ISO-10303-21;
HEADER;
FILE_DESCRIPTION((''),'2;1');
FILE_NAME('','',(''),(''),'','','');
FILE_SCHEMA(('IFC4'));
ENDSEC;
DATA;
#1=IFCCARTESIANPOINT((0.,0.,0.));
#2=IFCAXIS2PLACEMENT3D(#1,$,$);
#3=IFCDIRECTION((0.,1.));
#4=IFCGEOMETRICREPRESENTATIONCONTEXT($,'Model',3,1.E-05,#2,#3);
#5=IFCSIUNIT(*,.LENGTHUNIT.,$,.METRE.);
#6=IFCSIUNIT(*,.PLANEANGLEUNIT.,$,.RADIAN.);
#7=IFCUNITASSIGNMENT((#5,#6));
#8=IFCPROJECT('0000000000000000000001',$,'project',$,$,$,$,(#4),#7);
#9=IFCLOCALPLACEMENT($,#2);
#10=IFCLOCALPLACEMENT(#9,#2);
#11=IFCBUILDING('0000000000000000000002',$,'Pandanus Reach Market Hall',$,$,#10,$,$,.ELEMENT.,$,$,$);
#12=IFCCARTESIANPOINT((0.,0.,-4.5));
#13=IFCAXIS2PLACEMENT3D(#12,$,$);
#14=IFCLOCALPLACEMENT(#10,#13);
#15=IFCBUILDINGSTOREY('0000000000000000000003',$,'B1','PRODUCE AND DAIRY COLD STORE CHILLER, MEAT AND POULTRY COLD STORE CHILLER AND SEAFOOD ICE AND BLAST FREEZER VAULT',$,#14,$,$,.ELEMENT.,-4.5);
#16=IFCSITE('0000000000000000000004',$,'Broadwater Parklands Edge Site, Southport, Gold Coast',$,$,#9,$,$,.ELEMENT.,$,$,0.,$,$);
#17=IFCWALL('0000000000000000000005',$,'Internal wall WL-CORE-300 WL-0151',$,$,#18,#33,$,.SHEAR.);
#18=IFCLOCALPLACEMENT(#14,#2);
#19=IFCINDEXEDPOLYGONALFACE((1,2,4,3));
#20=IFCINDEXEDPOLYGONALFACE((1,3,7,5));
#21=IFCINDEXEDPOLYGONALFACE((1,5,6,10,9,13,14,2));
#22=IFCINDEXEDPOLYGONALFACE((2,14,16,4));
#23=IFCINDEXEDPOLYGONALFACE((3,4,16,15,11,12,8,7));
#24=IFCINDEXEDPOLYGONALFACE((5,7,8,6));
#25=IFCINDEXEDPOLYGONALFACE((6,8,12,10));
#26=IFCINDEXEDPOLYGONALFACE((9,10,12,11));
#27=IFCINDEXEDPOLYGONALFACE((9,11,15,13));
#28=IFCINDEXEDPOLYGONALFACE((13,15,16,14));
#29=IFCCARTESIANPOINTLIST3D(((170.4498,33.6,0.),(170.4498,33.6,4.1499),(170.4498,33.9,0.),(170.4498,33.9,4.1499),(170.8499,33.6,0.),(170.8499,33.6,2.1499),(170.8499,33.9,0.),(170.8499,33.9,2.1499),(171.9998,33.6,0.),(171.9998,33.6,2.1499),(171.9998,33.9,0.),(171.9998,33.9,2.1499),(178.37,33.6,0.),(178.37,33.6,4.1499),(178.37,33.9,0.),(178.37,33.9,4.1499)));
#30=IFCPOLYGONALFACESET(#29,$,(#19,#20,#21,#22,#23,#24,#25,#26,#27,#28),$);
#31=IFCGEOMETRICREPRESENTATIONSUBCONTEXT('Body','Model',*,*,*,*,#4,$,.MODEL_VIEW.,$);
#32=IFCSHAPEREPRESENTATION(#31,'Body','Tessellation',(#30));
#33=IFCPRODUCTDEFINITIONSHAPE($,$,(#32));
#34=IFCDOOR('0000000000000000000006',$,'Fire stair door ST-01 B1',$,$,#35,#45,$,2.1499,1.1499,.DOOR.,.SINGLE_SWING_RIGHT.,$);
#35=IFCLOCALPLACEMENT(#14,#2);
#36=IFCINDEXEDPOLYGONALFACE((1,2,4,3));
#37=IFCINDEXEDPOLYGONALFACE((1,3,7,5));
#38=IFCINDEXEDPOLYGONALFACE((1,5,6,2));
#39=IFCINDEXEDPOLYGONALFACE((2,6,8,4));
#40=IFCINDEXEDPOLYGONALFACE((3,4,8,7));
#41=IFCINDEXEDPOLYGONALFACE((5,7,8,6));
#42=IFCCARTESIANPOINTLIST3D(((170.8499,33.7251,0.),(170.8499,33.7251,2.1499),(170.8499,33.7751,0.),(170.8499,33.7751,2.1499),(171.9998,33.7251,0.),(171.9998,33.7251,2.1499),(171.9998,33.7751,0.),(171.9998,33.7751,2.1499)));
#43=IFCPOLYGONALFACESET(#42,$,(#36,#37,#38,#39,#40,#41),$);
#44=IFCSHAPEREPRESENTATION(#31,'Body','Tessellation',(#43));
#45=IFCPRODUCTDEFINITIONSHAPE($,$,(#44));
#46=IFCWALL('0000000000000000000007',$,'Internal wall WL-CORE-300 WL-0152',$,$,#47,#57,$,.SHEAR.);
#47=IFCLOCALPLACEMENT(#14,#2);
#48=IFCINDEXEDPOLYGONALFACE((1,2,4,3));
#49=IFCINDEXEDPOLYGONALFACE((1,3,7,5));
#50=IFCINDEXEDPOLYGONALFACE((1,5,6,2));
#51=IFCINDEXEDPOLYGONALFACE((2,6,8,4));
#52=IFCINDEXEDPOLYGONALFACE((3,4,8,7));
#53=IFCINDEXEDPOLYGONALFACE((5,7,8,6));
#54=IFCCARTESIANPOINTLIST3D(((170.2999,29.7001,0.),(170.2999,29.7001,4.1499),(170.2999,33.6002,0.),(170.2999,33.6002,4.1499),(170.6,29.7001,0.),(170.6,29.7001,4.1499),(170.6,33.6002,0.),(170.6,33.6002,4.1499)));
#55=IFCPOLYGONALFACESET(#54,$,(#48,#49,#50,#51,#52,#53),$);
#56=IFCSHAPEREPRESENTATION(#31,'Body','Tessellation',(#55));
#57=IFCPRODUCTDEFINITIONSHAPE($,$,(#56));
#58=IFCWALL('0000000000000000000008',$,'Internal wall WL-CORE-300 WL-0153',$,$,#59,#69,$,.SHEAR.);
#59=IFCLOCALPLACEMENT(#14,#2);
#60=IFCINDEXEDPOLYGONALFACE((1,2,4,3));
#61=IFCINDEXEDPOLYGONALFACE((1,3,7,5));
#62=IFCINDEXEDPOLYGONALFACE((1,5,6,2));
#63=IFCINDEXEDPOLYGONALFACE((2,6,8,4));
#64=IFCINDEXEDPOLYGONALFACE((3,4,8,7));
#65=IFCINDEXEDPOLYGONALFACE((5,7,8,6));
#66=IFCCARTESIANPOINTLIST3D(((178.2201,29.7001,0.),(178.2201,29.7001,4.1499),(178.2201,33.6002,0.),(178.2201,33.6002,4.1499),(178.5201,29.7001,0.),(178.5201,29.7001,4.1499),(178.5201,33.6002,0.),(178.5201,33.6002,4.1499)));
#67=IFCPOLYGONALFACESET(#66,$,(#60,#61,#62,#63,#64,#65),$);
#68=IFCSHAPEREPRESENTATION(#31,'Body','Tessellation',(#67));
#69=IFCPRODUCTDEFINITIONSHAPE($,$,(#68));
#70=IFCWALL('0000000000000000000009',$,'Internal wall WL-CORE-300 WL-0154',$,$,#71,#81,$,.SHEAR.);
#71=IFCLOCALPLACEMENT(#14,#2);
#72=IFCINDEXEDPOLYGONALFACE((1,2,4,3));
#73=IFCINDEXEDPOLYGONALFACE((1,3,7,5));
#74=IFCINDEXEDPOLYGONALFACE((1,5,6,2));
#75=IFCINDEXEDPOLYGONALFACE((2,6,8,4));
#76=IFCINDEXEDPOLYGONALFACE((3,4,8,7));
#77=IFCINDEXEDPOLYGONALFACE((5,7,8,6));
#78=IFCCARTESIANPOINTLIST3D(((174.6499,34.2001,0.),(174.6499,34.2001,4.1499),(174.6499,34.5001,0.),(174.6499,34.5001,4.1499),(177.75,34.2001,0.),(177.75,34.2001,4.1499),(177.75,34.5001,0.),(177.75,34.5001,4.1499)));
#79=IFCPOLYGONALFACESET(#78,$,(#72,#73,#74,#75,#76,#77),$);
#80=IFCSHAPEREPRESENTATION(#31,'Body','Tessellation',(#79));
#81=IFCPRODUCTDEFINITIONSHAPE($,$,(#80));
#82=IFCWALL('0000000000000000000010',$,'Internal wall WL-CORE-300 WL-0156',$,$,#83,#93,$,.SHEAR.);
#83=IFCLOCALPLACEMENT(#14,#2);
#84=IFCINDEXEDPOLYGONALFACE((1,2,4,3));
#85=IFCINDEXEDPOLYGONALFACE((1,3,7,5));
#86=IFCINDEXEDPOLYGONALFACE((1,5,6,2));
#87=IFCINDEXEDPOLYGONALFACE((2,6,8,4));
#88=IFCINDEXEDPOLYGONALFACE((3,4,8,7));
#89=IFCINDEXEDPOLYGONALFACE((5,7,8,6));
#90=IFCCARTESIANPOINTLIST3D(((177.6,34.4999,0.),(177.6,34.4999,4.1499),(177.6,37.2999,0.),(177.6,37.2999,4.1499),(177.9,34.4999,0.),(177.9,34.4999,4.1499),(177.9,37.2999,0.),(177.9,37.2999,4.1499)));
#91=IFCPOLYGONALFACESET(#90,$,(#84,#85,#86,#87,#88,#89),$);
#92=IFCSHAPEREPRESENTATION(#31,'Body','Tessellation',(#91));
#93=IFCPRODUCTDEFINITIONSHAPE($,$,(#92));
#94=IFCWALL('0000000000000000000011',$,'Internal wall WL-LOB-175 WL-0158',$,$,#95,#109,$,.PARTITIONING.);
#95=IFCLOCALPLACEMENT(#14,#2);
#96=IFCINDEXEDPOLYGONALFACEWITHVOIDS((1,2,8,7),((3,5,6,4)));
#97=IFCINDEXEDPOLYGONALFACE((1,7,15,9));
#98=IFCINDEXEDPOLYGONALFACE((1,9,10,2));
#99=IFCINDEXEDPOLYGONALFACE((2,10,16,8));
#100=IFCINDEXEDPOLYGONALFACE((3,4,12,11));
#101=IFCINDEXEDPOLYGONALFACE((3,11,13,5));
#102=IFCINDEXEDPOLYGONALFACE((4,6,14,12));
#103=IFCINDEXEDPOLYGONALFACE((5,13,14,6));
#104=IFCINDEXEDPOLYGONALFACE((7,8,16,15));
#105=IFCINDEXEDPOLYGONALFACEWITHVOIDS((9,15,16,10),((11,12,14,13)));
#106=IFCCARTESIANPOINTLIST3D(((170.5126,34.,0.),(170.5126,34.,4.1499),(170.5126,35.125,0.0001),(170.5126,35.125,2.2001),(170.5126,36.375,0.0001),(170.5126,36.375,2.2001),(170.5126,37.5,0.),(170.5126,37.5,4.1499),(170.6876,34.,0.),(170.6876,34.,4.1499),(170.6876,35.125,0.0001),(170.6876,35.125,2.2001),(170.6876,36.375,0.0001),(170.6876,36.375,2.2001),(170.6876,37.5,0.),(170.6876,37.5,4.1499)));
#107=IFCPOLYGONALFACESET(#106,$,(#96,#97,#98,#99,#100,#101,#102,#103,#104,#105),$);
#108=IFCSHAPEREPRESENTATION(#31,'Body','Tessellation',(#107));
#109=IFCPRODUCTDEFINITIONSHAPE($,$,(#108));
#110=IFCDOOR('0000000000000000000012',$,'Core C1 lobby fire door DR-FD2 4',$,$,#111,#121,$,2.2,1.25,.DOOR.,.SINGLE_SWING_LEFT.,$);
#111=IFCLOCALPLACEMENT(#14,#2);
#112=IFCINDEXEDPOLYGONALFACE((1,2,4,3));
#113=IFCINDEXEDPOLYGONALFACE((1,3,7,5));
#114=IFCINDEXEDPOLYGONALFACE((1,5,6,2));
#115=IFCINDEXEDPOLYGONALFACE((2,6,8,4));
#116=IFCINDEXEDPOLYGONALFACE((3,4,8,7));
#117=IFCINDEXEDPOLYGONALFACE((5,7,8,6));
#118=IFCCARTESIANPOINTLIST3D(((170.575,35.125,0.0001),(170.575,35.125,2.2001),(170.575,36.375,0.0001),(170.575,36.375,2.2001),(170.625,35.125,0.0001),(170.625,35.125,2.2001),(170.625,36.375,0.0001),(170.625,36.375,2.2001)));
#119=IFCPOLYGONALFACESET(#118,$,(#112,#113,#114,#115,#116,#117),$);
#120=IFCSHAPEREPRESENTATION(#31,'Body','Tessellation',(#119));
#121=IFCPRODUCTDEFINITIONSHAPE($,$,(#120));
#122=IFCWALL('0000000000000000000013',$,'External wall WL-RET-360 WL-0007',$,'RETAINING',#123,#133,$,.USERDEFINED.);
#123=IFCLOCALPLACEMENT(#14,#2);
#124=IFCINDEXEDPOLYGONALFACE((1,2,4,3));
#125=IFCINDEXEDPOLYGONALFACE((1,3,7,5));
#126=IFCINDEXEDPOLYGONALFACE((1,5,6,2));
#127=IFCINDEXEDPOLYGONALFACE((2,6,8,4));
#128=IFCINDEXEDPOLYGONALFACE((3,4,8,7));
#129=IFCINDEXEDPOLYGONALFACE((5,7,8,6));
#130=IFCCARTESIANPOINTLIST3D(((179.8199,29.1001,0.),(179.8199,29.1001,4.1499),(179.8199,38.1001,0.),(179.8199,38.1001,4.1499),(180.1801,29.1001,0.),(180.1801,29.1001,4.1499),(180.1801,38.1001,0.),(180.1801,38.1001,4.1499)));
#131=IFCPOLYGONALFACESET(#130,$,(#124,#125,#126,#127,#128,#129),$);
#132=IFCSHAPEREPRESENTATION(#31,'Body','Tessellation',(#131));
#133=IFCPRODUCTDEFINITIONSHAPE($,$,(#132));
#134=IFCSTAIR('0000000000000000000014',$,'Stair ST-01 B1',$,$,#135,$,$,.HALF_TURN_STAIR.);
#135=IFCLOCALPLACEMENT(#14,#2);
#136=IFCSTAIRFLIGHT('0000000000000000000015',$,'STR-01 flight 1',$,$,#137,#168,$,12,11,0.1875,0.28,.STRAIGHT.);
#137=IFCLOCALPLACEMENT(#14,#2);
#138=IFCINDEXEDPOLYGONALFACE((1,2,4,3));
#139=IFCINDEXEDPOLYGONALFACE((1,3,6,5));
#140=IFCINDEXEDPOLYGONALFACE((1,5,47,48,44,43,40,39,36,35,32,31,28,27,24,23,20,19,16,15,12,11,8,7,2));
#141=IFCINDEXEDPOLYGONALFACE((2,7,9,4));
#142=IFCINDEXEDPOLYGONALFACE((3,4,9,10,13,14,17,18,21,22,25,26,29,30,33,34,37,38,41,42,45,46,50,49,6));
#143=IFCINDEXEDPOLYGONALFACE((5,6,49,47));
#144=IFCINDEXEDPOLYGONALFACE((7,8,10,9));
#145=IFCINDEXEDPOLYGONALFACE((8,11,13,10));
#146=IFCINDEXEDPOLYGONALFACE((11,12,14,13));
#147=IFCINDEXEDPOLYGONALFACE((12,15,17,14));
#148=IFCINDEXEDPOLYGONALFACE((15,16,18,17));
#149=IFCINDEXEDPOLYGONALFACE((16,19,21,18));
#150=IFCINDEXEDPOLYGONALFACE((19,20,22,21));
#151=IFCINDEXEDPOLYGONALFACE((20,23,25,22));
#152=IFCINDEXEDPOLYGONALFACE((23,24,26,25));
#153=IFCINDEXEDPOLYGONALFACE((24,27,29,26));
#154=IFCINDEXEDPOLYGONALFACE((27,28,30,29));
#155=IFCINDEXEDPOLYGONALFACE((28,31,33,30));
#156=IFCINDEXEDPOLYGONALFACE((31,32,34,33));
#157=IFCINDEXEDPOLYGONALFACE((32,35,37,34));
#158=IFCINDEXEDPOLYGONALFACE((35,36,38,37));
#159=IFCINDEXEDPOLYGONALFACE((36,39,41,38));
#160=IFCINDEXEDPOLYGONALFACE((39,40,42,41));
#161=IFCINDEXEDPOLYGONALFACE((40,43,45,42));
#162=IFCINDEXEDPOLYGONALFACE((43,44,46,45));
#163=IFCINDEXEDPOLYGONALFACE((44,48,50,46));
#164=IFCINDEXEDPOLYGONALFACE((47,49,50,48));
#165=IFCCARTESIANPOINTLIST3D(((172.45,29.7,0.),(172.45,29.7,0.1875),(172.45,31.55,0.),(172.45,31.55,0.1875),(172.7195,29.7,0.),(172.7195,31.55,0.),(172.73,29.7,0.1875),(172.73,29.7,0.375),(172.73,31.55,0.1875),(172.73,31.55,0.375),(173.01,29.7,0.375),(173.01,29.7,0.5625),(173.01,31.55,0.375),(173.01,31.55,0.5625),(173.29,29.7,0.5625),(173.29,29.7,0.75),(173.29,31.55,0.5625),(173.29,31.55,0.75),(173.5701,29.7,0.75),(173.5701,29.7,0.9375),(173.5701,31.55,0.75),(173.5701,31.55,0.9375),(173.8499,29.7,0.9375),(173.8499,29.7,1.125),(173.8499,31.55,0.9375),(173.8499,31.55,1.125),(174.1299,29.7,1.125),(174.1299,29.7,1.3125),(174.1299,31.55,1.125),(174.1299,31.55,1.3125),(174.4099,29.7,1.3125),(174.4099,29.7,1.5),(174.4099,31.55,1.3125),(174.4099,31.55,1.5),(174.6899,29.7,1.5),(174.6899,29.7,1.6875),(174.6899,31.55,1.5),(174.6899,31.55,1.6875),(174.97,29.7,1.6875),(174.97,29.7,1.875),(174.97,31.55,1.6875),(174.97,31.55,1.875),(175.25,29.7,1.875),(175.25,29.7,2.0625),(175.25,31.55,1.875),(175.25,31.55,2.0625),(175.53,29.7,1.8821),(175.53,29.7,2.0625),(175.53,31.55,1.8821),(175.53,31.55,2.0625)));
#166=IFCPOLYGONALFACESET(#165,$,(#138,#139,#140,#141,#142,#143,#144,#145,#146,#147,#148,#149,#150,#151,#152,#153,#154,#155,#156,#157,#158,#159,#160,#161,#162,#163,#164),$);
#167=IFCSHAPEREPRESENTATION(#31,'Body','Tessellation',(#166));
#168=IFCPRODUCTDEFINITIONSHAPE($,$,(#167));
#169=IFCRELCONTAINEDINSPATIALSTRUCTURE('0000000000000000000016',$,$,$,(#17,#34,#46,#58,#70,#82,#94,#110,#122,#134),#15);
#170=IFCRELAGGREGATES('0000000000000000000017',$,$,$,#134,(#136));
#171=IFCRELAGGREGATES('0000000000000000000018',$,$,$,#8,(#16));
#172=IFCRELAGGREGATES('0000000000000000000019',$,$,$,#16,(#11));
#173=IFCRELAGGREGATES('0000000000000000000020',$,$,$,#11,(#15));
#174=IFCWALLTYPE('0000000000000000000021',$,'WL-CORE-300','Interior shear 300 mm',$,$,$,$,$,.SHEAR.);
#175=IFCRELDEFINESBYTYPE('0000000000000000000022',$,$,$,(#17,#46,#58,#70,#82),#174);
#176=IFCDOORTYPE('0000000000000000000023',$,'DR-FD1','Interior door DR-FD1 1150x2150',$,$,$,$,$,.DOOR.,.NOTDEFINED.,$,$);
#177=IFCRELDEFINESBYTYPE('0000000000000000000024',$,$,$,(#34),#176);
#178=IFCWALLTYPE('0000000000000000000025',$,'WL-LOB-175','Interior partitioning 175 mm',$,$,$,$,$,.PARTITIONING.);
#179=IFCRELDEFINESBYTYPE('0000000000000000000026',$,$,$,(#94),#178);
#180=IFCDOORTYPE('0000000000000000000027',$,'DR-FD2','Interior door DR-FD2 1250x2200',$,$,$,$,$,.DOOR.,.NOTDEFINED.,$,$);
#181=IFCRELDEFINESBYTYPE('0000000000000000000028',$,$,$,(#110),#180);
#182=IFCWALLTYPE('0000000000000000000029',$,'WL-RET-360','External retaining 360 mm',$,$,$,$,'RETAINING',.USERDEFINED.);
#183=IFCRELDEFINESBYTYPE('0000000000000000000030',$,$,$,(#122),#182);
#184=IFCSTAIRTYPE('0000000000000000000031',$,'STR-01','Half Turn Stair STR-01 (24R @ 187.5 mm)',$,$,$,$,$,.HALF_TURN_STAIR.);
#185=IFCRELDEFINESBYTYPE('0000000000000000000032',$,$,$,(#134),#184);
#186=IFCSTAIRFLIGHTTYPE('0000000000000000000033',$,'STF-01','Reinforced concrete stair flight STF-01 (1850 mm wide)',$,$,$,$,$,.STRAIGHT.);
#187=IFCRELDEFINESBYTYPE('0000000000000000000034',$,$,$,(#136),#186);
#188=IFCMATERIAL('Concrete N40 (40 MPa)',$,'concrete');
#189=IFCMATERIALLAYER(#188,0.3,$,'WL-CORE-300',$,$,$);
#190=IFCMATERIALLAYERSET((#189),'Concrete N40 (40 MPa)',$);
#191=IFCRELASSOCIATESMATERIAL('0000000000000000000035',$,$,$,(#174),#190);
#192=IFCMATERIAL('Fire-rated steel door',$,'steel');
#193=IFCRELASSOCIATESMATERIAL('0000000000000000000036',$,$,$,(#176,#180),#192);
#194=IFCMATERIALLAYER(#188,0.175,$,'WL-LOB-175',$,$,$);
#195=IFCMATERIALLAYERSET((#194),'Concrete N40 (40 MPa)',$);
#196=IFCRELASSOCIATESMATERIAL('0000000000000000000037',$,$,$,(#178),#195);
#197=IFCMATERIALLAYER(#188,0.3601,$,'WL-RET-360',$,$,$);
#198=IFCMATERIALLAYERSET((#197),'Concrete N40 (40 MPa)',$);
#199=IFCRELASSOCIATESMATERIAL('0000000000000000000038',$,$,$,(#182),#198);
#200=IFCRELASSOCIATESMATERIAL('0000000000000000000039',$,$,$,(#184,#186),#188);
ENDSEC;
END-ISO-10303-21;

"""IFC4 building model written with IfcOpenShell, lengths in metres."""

from ifc_helpers import new_model, si_unit, direction, frame, frame_2d, origin, place, context, subcontext, project, spatial, polyline, rectangle, outline, extrude, material, layer, layer_set, type_object, element, fill, aggregate, save


model = new_model("IFC4")

# Units and contexts
model_context = context("Model", 3, precision=1e-05, world=origin(), true_north=direction((0.0, 1.0)))
body_context = subcontext(model_context, "Body", "Model", "MODEL_VIEW")
ifc_project = project(units=[si_unit("LENGTHUNIT", "METRE"), si_unit("PLANEANGLEUNIT", "RADIAN")], contexts=[model_context])

# Site, building, storey
site_placement = place(None, origin())
site = spatial("IfcSite", under=ifc_project, at=site_placement, Name="Broadwater Parklands Edge Site, Southport, Gold Coast", CompositionType="ELEMENT", RefElevation=0.0)
building_placement = place(site_placement, origin())
building = spatial("IfcBuilding", under=site, at=building_placement, Name="Pandanus Reach Market Hall", CompositionType="ELEMENT")
storey_placement = place(building_placement, frame((0.0, 0.0, -4.5)))
storey = spatial("IfcBuildingStorey", under=building, at=storey_placement, Name="B1", Description="PRODUCE AND DAIRY COLD STORE CHILLER, MEAT AND POULTRY COLD STORE CHILLER AND SEAFOOD ICE AND BLAST FREEZER VAULT", CompositionType="ELEMENT", Elevation=-4.5)

# Shared definitions
ifc_material_1 = material(Name="Concrete N40 (40 MPa)", Category="concrete")

# Wall, opening, door
ifc_layer_1 = layer(ifc_material_1, 0.3, Name="WL-CORE-300")
ifc_layer_set_1 = layer_set([ifc_layer_1], Name="Concrete N40 (40 MPa)")
wall_type_1 = type_object("IfcWallType", Name="WL-CORE-300", Description="Interior shear 300 mm", PredefinedType="SHEAR", material=ifc_layer_set_1)
wall_1_placement = place(storey_placement, frame((170.45, 33.75, 0.0), z_axis=(0.0, 0.0, 1.0), x_axis=(1.0, 0.0, 0.0)))
wall_1 = element("IfcWall", 1, at=wall_1_placement, inside=storey, type_object=wall_type_1, Name="Internal wall WL-CORE-300 WL-0151", PredefinedType="SHEAR", context=body_context, shape_type="SweptSolid", body=[
    extrude(rectangle(XDim=7.9202, YDim=0.3, at=frame_2d((3.96, 0.0))), origin(), (0.0, 0.0, 1.0), 4.1499),
])
opening_1_placement = place(wall_1_placement, frame((0.3999, 0.0, 0.0)))
opening_1 = element("IfcOpeningElement", 2, at=opening_1_placement, cuts=wall_1, PredefinedType="OPENING", context=body_context, shape_type="SweptSolid", body=[
    extrude(rectangle(XDim=1.1499, YDim=2.1499, at=frame_2d((0.575, 1.075))), frame((0.0, 0.165, 0.0), z_axis=(0.0, -1.0, 0.0), x_axis=(1.0, 0.0, 0.0)), (0.0, 0.0, 1.0), 0.3301),
])
ifc_material_2 = material(Name="Fire-rated steel door", Category="steel")
door_type_1 = type_object("IfcDoorType", Name="DR-FD1", Description="Interior door DR-FD1 1150x2150", OperationType="NOTDEFINED", PredefinedType="DOOR", material=ifc_material_2)
door_1_placement = place(opening_1_placement, frame((1.1499, 0.0, 0.0), z_axis=(0.0, 0.0, 1.0), x_axis=(-1.0, 0.0, 0.0)))
door_1 = element("IfcDoor", 3, at=door_1_placement, inside=storey, type_object=door_type_1, Name="Fire stair door ST-01 B1", OperationType="SINGLE_SWING_RIGHT", OverallHeight=2.1499, OverallWidth=1.1499, PredefinedType="DOOR", context=body_context, shape_type="SweptSolid", body=[
    extrude(rectangle(XDim=1.1499, YDim=2.1499, at=frame_2d((0.575, 1.075))), frame((0.0, 0.0249, 0.0), z_axis=(0.0, -1.0, 0.0), x_axis=(1.0, 0.0, 0.0)), (0.0, 0.0, 1.0), 0.05),
])
fill(opening_1, door_1)

# Walls
for number, where, z_axis, x_axis, name in (
    (4, (170.45, 29.7, 0.0), (0.0, 0.0, 1.0), (0.0, 1.0, 0.0), "Internal wall WL-CORE-300 WL-0152"),
    (5, (178.3701, 29.7, 0.0), (0.0, 0.0, 1.0), (0.0, 1.0, 0.0), "Internal wall WL-CORE-300 WL-0153"),
):
    element("IfcWall", number, at=place(storey_placement, frame(where, z_axis=z_axis, x_axis=x_axis)), inside=storey, type_object=wall_type_1, Name=name, PredefinedType="SHEAR", context=body_context, shape_type="SweptSolid", body=[
        extrude(rectangle(XDim=3.9001, YDim=0.3, at=frame_2d((1.9502, 0.0))), origin(), (0.0, 0.0, 1.0), 4.1499),
    ])
wall_2_placement = place(storey_placement, frame((174.6499, 34.3501, 0.0), z_axis=(0.0, 0.0, 1.0), x_axis=(1.0, 0.0, 0.0)))
element("IfcWall", 6, at=wall_2_placement, inside=storey, type_object=wall_type_1, Name="Internal wall WL-CORE-300 WL-0154", PredefinedType="SHEAR", context=body_context, shape_type="SweptSolid", body=[
    extrude(rectangle(XDim=3.1001, YDim=0.3, at=frame_2d((1.55, 0.0))), origin(), (0.0, 0.0, 1.0), 4.1499),
])
wall_3_placement = place(storey_placement, frame((177.75, 34.5, 0.0), z_axis=(0.0, 0.0, 1.0), x_axis=(0.0, 1.0, 0.0)))
element("IfcWall", 7, at=wall_3_placement, inside=storey, type_object=wall_type_1, Name="Internal wall WL-CORE-300 WL-0156", PredefinedType="SHEAR", context=body_context, shape_type="SweptSolid", body=[
    extrude(rectangle(XDim=2.8, YDim=0.3, at=frame_2d((1.3999, 0.0))), origin(), (0.0, 0.0, 1.0), 4.1499),
])

# Wall, opening, door
ifc_layer_2 = layer(ifc_material_1, 0.175, Name="WL-LOB-175")
ifc_layer_set_2 = layer_set([ifc_layer_2], Name="Concrete N40 (40 MPa)")
wall_type_2 = type_object("IfcWallType", Name="WL-LOB-175", Description="Interior partitioning 175 mm", PredefinedType="PARTITIONING", material=ifc_layer_set_2)
wall_4_placement = place(storey_placement, frame((170.6001, 34.0, 0.0), z_axis=(0.0, 0.0, 1.0), x_axis=(0.0, 1.0, 0.0)))
wall_4 = element("IfcWall", 8, at=wall_4_placement, inside=storey, type_object=wall_type_2, Name="Internal wall WL-LOB-175 WL-0158", PredefinedType="PARTITIONING", context=body_context, shape_type="SweptSolid", body=[
    extrude(rectangle(XDim=3.5, YDim=0.175, at=frame_2d((1.75, 0.0))), origin(), (0.0, 0.0, 1.0), 4.1499),
])
opening_2_placement = place(wall_4_placement, frame((1.125, 0.0, 0.0)))
opening_2 = element("IfcOpeningElement", 9, at=opening_2_placement, cuts=wall_4, PredefinedType="OPENING", context=body_context, shape_type="SweptSolid", body=[
    extrude(rectangle(XDim=1.25, YDim=2.2, at=frame_2d((0.625, 1.1001))), frame((0.0, 0.1025, 0.0), z_axis=(0.0, -1.0, 0.0), x_axis=(1.0, 0.0, 0.0)), (0.0, 0.0, 1.0), 0.2051),
])
door_type_2 = type_object("IfcDoorType", Name="DR-FD2", Description="Interior door DR-FD2 1250x2200", OperationType="NOTDEFINED", PredefinedType="DOOR", material=ifc_material_2)
door_2_placement = place(opening_2_placement, frame((1.25, 0.0, 0.0), z_axis=(0.0, 0.0, 1.0), x_axis=(-1.0, 0.0, 0.0)))
door_2 = element("IfcDoor", 10, at=door_2_placement, inside=storey, type_object=door_type_2, Name="Core C1 lobby fire door DR-FD2 4", OperationType="SINGLE_SWING_LEFT", OverallHeight=2.2, OverallWidth=1.25, PredefinedType="DOOR", context=body_context, shape_type="SweptSolid", body=[
    extrude(rectangle(XDim=1.25, YDim=2.2, at=frame_2d((0.625, 1.1001))), frame((0.0, 0.0249, 0.0), z_axis=(0.0, -1.0, 0.0), x_axis=(1.0, 0.0, 0.0)), (0.0, 0.0, 1.0), 0.05),
])
fill(opening_2, door_2)

# Wall
ifc_layer_3 = layer(ifc_material_1, 0.3601, Name="WL-RET-360")
ifc_layer_set_3 = layer_set([ifc_layer_3], Name="Concrete N40 (40 MPa)")
wall_type_3 = type_object("IfcWallType", Name="WL-RET-360", Description="External retaining 360 mm", ElementType="RETAINING", PredefinedType="USERDEFINED", material=ifc_layer_set_3)
wall_5_placement = place(storey_placement, frame((180.0, 29.1001, 0.0), z_axis=(0.0, 0.0, 1.0), x_axis=(0.0, 1.0, 0.0)))
element("IfcWall", 11, at=wall_5_placement, inside=storey, type_object=wall_type_3, Name="External wall WL-RET-360 WL-0007", ObjectType="RETAINING", PredefinedType="USERDEFINED", context=body_context, shape_type="SweptSolid", body=[
    extrude(rectangle(XDim=9.0, YDim=0.3601, at=frame_2d((4.5, 0.0))), origin(), (0.0, 0.0, 1.0), 4.1499),
])

# Stair, stair flight
stair_type = type_object("IfcStairType", Name="STR-01", Description="Half Turn Stair STR-01 (24R @ 187.5 mm)", PredefinedType="HALF_TURN_STAIR", material=ifc_material_1)
stair_placement = place(storey_placement, origin())
stair = element("IfcStair", 12, at=stair_placement, inside=storey, type_object=stair_type, Name="Stair ST-01 B1", PredefinedType="HALF_TURN_STAIR")
stair_flight_type = type_object("IfcStairFlightType", Name="STF-01", Description="Reinforced concrete stair flight STF-01 (1850 mm wide)", PredefinedType="STRAIGHT", material=ifc_material_1)
stair_flight_1_placement = place(storey_placement, frame((172.45, 30.625, 0.0), z_axis=(0.0, 0.0, 1.0), x_axis=(1.0, 0.0, 0.0)))
stair_flight_1 = element("IfcStairFlight", 13, at=stair_flight_1_placement, type_object=stair_flight_type, Name="STR-01 flight 1", NumberOfRisers=12, NumberOfTreads=11, PredefinedType="STRAIGHT", RiserHeight=0.1875, TreadLength=0.28, context=body_context, shape_type="SweptSolid", body=[
    extrude(outline(polyline([(0.0, 0.0), (0.0, 0.1875), (0.28, 0.1875), (0.28, 0.375), (0.5601, 0.375), (0.5601, 0.5625), (0.8401, 0.5625), (0.8401, 0.75), (1.1201, 0.75), (1.1201, 0.9375), (1.3999, 0.9375), (1.3999, 1.125), (1.6799, 1.125), (1.6799, 1.3125), (1.96, 1.3125), (1.96, 1.5), (2.24, 1.5), (2.24, 1.6875), (2.52, 1.6875), (2.52, 1.875), (2.8, 1.875), (2.8, 2.0625), (3.0801, 2.0625), (3.0801, 2.25), (3.0801, 1.8821), (0.2695, 0.0), (0.0, 0.0)])), frame((0.0, 0.925, 0.0), z_axis=(0.0, -1.0, 0.0), x_axis=(1.0, 0.0, 0.0)), (0.0, 0.0, 1.0), 1.8501),
])
aggregate(stair, [stair_flight_1])

save(model, "model.ifc")
